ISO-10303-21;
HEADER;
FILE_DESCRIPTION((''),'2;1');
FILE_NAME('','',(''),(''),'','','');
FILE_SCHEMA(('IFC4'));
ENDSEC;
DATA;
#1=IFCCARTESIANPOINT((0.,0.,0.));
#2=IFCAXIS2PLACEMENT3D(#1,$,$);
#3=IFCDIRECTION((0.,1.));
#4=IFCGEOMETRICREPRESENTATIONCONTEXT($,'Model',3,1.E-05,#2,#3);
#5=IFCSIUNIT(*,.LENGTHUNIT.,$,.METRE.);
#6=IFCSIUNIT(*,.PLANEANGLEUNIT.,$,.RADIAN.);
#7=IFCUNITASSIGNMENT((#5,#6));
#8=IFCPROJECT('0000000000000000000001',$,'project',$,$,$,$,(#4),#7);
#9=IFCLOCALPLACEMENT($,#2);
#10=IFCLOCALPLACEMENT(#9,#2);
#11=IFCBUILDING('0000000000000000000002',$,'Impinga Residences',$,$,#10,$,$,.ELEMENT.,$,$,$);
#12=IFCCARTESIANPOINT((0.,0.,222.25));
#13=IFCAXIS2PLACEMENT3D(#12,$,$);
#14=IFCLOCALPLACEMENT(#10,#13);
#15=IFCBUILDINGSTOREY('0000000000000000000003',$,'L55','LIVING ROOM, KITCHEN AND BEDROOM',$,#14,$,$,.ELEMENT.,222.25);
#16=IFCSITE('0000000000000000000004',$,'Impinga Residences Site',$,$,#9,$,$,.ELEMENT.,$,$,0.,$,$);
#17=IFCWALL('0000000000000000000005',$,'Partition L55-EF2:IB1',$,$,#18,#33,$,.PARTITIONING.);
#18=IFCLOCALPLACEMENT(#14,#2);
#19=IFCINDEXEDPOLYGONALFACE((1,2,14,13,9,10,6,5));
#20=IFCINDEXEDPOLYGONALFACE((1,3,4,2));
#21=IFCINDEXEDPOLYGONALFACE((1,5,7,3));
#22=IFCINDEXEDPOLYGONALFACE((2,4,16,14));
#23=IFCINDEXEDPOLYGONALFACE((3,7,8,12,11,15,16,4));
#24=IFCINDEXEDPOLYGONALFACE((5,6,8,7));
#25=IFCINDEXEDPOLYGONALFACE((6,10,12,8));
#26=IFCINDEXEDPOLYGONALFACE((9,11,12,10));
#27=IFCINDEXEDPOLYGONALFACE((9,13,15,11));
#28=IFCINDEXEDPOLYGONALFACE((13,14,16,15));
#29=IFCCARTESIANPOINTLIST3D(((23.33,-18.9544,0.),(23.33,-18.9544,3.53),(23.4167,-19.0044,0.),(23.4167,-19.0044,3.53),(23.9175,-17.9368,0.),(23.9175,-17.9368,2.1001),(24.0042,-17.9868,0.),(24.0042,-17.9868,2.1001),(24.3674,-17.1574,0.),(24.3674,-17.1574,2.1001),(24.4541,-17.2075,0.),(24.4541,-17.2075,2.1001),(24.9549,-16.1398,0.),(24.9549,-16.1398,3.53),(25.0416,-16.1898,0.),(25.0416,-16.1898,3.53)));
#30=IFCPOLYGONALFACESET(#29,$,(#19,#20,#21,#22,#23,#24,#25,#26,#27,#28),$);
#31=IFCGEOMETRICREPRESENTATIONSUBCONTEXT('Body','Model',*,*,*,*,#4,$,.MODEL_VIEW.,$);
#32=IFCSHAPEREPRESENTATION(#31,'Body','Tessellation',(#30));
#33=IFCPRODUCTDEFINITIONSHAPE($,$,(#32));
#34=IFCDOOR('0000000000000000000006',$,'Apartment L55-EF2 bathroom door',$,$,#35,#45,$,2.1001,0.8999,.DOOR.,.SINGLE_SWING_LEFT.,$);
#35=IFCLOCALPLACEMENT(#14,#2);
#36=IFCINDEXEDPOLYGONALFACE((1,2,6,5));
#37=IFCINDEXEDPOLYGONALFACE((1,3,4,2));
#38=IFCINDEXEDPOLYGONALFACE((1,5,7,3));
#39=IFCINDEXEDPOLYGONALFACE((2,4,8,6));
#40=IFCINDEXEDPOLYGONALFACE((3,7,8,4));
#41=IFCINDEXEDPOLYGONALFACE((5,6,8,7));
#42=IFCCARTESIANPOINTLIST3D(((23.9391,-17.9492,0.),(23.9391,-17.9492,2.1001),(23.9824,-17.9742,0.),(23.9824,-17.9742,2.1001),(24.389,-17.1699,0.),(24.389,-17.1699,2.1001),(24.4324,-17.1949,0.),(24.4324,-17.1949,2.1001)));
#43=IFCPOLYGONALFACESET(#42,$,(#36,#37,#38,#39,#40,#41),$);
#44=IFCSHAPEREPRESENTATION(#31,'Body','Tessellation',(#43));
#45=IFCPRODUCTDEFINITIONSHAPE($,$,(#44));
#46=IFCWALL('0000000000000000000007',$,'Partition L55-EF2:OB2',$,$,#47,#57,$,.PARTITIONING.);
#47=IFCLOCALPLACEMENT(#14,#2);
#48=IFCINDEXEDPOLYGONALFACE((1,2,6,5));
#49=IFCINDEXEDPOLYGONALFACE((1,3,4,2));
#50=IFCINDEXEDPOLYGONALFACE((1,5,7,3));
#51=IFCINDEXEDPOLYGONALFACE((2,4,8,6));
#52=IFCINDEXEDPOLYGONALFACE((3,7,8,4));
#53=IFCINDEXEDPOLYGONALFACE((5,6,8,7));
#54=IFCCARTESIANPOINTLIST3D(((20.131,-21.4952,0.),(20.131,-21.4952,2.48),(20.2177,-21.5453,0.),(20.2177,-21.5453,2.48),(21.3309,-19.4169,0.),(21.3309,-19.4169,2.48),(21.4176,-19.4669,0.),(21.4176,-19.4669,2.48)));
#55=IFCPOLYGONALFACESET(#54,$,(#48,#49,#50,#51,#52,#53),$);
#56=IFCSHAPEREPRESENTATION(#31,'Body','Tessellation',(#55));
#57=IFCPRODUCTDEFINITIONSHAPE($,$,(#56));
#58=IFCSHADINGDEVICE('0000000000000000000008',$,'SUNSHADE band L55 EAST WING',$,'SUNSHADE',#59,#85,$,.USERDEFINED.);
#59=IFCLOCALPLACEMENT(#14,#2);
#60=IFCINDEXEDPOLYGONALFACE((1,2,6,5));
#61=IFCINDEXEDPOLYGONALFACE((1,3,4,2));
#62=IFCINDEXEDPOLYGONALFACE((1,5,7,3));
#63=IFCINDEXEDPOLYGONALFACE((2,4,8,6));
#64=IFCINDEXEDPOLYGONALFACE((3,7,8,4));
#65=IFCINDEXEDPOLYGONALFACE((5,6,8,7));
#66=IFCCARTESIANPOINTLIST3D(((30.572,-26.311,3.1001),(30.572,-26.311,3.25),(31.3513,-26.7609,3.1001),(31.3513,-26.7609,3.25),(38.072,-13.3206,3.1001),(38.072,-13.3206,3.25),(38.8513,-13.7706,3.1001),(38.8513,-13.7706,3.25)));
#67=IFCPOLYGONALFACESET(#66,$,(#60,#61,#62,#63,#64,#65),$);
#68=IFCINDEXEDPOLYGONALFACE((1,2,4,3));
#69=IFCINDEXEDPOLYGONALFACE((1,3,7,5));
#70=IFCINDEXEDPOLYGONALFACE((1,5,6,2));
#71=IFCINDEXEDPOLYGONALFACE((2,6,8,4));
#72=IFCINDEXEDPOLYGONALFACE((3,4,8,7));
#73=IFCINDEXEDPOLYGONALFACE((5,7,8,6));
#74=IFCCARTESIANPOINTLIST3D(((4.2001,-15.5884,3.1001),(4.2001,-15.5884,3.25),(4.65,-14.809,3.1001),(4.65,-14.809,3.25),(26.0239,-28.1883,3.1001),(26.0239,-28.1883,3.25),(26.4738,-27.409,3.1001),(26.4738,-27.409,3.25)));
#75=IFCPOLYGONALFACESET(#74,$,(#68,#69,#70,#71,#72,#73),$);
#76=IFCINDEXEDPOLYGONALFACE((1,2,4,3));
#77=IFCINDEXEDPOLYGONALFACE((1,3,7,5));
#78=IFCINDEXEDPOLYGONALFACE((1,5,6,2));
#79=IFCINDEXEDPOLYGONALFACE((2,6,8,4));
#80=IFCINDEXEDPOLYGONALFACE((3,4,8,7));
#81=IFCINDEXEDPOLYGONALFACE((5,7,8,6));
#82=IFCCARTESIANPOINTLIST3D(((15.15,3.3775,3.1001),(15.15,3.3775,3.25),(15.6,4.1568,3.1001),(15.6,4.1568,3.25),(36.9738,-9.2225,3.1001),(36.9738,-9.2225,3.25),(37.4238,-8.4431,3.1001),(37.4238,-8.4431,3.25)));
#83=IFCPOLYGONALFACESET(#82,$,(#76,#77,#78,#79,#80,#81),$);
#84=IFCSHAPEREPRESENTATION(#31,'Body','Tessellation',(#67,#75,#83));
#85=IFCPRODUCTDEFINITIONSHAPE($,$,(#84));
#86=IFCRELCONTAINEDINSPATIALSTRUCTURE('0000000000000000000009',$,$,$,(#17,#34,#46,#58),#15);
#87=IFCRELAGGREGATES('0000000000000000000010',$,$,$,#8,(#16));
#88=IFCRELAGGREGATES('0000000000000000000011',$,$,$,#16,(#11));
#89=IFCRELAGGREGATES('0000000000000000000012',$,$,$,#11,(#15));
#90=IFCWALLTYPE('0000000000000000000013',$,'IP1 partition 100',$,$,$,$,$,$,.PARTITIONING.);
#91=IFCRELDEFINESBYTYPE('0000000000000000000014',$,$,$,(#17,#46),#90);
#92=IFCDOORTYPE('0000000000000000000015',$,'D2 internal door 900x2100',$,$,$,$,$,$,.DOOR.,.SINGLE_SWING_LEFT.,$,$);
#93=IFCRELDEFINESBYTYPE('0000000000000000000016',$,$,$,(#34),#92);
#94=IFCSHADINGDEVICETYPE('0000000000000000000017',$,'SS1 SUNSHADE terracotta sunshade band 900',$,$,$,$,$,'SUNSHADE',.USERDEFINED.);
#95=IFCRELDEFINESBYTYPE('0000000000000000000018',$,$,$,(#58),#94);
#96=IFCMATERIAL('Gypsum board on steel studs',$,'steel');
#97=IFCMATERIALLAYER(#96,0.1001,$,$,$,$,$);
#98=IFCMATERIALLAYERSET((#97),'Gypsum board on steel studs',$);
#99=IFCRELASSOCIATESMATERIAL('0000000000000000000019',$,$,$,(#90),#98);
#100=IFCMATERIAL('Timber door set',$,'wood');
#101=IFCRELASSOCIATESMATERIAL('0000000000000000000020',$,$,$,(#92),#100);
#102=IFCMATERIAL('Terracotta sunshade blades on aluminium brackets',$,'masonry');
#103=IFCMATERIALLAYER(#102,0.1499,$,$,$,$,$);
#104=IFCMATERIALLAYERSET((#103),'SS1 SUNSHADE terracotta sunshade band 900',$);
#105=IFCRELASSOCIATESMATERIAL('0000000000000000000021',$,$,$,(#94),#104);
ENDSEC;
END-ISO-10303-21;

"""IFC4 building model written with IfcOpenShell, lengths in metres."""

from ifc_helpers import new_model, si_unit, direction, frame, frame_2d, origin, origin_2d, place, context, subcontext, project, spatial, rectangle, extrude, material, layer, layer_set, type_object, element, fill, save


model = new_model("IFC4")

# Units and contexts
model_context = context("Model", 3, precision=1e-05, world=origin(), true_north=direction((0.0, 1.0)))
body_context = subcontext(model_context, "Body", "Model", "MODEL_VIEW")
ifc_project = project(units=[si_unit("LENGTHUNIT", "METRE"), si_unit("PLANEANGLEUNIT", "RADIAN")], contexts=[model_context])

# Site, building, storey
site_placement = place(None, origin())
site = spatial("IfcSite", under=ifc_project, at=site_placement, Name="Impinga Residences Site", CompositionType="ELEMENT", RefElevation=0.0)
building_placement = place(site_placement, origin())
building = spatial("IfcBuilding", under=site, at=building_placement, Name="Impinga Residences", CompositionType="ELEMENT")
storey_placement = place(building_placement, frame((0.0, 0.0, 222.25)))
storey = spatial("IfcBuildingStorey", under=building, at=storey_placement, Name="L55", Description="LIVING ROOM, KITCHEN AND BEDROOM", CompositionType="ELEMENT", Elevation=222.25)

# Shared definitions
ifc_material_1 = material(Name="Timber door set", Category="wood")

# Shared definitions
ifc_material_2 = material(Name="Gypsum board on steel studs", Category="steel")
ifc_layer_1 = layer(ifc_material_2, 0.1001)
ifc_layer_set_1 = layer_set([ifc_layer_1], Name="Gypsum board on steel studs")
wall_type_1 = type_object("IfcWallType", Name="IP1 partition 100", PredefinedType="PARTITIONING", material=ifc_layer_set_1)

# Wall, opening, door
wall_1_placement = place(storey_placement, frame((24.9983, -16.1648, 0.0), z_axis=(0.0, 0.0, 1.0), x_axis=(-0.499985, -0.866034, 0.0)))
wall_1 = element("IfcWall", 1, at=wall_1_placement, inside=storey, type_object=wall_type_1, Name="Partition L55-EF2:IB1", PredefinedType="PARTITIONING", context=body_context, shape_type="SweptSolid", body=[
    extrude(rectangle(XDim=3.25, YDim=0.1001, at=frame_2d((1.625, 0.0))), origin(), (0.0, 0.0, 1.0), 3.53),
])
opening_1_placement = place(wall_1_placement, frame((1.175, 0.0, 0.0)))
opening_1 = element("IfcOpeningElement", 2, at=opening_1_placement, cuts=wall_1, PredefinedType="OPENING", context=body_context, shape_type="SweptSolid", body=[
    extrude(rectangle(XDim=0.8999, YDim=2.1001, at=frame_2d((0.45, 1.05))), frame((0.0, 0.0601, 0.0), z_axis=(0.0, -1.0, 0.0), x_axis=(1.0, 0.0, 0.0)), (0.0, 0.0, 1.0), 0.1201),
])
door_type_1 = type_object("IfcDoorType", Name="D2 internal door 900x2100", OperationType="SINGLE_SWING_LEFT", PredefinedType="DOOR", material=ifc_material_1)
door_1_placement = place(opening_1_placement, origin())
door_1 = element("IfcDoor", 3, at=door_1_placement, inside=storey, type_object=door_type_1, Name="Apartment L55-EF2 bathroom door", OperationType="SINGLE_SWING_LEFT", OverallHeight=2.1001, OverallWidth=0.8999, PredefinedType="DOOR", context=body_context, shape_type="SweptSolid", body=[
    extrude(rectangle(XDim=0.8999, YDim=2.1001, at=frame_2d((0.45, 1.05))), frame((0.0, 0.0249, 0.0), z_axis=(0.0, -1.0, 0.0), x_axis=(1.0, 0.0, 0.0)), (0.0, 0.0, 1.0), 0.05),
])
fill(opening_1, door_1)

# Wall
wall_2_placement = place(storey_placement, frame((21.3743, -19.4419, 0.0), z_axis=(0.0, 0.0, 1.0), x_axis=(-0.500001, -0.866025, 0.0)))
element("IfcWall", 4, at=wall_2_placement, inside=storey, type_object=wall_type_1, Name="Partition L55-EF2:OB2", PredefinedType="PARTITIONING", context=body_context, shape_type="SweptSolid", body=[
    extrude(rectangle(XDim=2.3999, YDim=0.1001, at=frame_2d((1.2, 0.0))), origin(), (0.0, 0.0, 1.0), 2.48),
])

# Shading device
ifc_material_3 = material(Name="Terracotta sunshade blades on aluminium brackets", Category="masonry")
ifc_layer_2 = layer(ifc_material_3, 0.1499)
ifc_layer_set_2 = layer_set([ifc_layer_2], Name="SS1 SUNSHADE terracotta sunshade band 900")
shading_device_type = type_object("IfcShadingDeviceType", Name="SS1 SUNSHADE terracotta sunshade band 900", ElementType="SUNSHADE", PredefinedType="USERDEFINED", material=ifc_layer_set_2)
shading_device_placement = place(storey_placement, frame((34.7117, -20.0408, 3.1001), z_axis=(0.0, 0.0, 1.0), x_axis=(-0.5, -0.866025, 0.0)))
element("IfcShadingDevice", 5, at=shading_device_placement, inside=storey, type_object=shading_device_type, Name="SUNSHADE band L55 EAST WING", ObjectType="SUNSHADE", PredefinedType="USERDEFINED", context=body_context, shape_type="SweptSolid", body=[
    extrude(rectangle(XDim=15.0, YDim=0.8999, at=origin_2d()), origin(), (0.0, 0.0, 1.0), 0.1499),
    extrude(rectangle(XDim=25.2, YDim=0.8999, at=origin_2d()), frame((10.95, -16.05, 0.0), z_axis=(0.0, 0.0, 1.0), x_axis=(0.0, -1.0, 0.0)), (0.0, 0.0, 1.0), 0.1499),
    extrude(rectangle(XDim=25.2, YDim=0.8999, at=origin_2d()), frame((-10.95, -16.05, 0.0), z_axis=(0.0, 0.0, 1.0), x_axis=(0.0, 1.0, 0.0)), (0.0, 0.0, 1.0), 0.1499),
])

save(model, "model.ifc")
